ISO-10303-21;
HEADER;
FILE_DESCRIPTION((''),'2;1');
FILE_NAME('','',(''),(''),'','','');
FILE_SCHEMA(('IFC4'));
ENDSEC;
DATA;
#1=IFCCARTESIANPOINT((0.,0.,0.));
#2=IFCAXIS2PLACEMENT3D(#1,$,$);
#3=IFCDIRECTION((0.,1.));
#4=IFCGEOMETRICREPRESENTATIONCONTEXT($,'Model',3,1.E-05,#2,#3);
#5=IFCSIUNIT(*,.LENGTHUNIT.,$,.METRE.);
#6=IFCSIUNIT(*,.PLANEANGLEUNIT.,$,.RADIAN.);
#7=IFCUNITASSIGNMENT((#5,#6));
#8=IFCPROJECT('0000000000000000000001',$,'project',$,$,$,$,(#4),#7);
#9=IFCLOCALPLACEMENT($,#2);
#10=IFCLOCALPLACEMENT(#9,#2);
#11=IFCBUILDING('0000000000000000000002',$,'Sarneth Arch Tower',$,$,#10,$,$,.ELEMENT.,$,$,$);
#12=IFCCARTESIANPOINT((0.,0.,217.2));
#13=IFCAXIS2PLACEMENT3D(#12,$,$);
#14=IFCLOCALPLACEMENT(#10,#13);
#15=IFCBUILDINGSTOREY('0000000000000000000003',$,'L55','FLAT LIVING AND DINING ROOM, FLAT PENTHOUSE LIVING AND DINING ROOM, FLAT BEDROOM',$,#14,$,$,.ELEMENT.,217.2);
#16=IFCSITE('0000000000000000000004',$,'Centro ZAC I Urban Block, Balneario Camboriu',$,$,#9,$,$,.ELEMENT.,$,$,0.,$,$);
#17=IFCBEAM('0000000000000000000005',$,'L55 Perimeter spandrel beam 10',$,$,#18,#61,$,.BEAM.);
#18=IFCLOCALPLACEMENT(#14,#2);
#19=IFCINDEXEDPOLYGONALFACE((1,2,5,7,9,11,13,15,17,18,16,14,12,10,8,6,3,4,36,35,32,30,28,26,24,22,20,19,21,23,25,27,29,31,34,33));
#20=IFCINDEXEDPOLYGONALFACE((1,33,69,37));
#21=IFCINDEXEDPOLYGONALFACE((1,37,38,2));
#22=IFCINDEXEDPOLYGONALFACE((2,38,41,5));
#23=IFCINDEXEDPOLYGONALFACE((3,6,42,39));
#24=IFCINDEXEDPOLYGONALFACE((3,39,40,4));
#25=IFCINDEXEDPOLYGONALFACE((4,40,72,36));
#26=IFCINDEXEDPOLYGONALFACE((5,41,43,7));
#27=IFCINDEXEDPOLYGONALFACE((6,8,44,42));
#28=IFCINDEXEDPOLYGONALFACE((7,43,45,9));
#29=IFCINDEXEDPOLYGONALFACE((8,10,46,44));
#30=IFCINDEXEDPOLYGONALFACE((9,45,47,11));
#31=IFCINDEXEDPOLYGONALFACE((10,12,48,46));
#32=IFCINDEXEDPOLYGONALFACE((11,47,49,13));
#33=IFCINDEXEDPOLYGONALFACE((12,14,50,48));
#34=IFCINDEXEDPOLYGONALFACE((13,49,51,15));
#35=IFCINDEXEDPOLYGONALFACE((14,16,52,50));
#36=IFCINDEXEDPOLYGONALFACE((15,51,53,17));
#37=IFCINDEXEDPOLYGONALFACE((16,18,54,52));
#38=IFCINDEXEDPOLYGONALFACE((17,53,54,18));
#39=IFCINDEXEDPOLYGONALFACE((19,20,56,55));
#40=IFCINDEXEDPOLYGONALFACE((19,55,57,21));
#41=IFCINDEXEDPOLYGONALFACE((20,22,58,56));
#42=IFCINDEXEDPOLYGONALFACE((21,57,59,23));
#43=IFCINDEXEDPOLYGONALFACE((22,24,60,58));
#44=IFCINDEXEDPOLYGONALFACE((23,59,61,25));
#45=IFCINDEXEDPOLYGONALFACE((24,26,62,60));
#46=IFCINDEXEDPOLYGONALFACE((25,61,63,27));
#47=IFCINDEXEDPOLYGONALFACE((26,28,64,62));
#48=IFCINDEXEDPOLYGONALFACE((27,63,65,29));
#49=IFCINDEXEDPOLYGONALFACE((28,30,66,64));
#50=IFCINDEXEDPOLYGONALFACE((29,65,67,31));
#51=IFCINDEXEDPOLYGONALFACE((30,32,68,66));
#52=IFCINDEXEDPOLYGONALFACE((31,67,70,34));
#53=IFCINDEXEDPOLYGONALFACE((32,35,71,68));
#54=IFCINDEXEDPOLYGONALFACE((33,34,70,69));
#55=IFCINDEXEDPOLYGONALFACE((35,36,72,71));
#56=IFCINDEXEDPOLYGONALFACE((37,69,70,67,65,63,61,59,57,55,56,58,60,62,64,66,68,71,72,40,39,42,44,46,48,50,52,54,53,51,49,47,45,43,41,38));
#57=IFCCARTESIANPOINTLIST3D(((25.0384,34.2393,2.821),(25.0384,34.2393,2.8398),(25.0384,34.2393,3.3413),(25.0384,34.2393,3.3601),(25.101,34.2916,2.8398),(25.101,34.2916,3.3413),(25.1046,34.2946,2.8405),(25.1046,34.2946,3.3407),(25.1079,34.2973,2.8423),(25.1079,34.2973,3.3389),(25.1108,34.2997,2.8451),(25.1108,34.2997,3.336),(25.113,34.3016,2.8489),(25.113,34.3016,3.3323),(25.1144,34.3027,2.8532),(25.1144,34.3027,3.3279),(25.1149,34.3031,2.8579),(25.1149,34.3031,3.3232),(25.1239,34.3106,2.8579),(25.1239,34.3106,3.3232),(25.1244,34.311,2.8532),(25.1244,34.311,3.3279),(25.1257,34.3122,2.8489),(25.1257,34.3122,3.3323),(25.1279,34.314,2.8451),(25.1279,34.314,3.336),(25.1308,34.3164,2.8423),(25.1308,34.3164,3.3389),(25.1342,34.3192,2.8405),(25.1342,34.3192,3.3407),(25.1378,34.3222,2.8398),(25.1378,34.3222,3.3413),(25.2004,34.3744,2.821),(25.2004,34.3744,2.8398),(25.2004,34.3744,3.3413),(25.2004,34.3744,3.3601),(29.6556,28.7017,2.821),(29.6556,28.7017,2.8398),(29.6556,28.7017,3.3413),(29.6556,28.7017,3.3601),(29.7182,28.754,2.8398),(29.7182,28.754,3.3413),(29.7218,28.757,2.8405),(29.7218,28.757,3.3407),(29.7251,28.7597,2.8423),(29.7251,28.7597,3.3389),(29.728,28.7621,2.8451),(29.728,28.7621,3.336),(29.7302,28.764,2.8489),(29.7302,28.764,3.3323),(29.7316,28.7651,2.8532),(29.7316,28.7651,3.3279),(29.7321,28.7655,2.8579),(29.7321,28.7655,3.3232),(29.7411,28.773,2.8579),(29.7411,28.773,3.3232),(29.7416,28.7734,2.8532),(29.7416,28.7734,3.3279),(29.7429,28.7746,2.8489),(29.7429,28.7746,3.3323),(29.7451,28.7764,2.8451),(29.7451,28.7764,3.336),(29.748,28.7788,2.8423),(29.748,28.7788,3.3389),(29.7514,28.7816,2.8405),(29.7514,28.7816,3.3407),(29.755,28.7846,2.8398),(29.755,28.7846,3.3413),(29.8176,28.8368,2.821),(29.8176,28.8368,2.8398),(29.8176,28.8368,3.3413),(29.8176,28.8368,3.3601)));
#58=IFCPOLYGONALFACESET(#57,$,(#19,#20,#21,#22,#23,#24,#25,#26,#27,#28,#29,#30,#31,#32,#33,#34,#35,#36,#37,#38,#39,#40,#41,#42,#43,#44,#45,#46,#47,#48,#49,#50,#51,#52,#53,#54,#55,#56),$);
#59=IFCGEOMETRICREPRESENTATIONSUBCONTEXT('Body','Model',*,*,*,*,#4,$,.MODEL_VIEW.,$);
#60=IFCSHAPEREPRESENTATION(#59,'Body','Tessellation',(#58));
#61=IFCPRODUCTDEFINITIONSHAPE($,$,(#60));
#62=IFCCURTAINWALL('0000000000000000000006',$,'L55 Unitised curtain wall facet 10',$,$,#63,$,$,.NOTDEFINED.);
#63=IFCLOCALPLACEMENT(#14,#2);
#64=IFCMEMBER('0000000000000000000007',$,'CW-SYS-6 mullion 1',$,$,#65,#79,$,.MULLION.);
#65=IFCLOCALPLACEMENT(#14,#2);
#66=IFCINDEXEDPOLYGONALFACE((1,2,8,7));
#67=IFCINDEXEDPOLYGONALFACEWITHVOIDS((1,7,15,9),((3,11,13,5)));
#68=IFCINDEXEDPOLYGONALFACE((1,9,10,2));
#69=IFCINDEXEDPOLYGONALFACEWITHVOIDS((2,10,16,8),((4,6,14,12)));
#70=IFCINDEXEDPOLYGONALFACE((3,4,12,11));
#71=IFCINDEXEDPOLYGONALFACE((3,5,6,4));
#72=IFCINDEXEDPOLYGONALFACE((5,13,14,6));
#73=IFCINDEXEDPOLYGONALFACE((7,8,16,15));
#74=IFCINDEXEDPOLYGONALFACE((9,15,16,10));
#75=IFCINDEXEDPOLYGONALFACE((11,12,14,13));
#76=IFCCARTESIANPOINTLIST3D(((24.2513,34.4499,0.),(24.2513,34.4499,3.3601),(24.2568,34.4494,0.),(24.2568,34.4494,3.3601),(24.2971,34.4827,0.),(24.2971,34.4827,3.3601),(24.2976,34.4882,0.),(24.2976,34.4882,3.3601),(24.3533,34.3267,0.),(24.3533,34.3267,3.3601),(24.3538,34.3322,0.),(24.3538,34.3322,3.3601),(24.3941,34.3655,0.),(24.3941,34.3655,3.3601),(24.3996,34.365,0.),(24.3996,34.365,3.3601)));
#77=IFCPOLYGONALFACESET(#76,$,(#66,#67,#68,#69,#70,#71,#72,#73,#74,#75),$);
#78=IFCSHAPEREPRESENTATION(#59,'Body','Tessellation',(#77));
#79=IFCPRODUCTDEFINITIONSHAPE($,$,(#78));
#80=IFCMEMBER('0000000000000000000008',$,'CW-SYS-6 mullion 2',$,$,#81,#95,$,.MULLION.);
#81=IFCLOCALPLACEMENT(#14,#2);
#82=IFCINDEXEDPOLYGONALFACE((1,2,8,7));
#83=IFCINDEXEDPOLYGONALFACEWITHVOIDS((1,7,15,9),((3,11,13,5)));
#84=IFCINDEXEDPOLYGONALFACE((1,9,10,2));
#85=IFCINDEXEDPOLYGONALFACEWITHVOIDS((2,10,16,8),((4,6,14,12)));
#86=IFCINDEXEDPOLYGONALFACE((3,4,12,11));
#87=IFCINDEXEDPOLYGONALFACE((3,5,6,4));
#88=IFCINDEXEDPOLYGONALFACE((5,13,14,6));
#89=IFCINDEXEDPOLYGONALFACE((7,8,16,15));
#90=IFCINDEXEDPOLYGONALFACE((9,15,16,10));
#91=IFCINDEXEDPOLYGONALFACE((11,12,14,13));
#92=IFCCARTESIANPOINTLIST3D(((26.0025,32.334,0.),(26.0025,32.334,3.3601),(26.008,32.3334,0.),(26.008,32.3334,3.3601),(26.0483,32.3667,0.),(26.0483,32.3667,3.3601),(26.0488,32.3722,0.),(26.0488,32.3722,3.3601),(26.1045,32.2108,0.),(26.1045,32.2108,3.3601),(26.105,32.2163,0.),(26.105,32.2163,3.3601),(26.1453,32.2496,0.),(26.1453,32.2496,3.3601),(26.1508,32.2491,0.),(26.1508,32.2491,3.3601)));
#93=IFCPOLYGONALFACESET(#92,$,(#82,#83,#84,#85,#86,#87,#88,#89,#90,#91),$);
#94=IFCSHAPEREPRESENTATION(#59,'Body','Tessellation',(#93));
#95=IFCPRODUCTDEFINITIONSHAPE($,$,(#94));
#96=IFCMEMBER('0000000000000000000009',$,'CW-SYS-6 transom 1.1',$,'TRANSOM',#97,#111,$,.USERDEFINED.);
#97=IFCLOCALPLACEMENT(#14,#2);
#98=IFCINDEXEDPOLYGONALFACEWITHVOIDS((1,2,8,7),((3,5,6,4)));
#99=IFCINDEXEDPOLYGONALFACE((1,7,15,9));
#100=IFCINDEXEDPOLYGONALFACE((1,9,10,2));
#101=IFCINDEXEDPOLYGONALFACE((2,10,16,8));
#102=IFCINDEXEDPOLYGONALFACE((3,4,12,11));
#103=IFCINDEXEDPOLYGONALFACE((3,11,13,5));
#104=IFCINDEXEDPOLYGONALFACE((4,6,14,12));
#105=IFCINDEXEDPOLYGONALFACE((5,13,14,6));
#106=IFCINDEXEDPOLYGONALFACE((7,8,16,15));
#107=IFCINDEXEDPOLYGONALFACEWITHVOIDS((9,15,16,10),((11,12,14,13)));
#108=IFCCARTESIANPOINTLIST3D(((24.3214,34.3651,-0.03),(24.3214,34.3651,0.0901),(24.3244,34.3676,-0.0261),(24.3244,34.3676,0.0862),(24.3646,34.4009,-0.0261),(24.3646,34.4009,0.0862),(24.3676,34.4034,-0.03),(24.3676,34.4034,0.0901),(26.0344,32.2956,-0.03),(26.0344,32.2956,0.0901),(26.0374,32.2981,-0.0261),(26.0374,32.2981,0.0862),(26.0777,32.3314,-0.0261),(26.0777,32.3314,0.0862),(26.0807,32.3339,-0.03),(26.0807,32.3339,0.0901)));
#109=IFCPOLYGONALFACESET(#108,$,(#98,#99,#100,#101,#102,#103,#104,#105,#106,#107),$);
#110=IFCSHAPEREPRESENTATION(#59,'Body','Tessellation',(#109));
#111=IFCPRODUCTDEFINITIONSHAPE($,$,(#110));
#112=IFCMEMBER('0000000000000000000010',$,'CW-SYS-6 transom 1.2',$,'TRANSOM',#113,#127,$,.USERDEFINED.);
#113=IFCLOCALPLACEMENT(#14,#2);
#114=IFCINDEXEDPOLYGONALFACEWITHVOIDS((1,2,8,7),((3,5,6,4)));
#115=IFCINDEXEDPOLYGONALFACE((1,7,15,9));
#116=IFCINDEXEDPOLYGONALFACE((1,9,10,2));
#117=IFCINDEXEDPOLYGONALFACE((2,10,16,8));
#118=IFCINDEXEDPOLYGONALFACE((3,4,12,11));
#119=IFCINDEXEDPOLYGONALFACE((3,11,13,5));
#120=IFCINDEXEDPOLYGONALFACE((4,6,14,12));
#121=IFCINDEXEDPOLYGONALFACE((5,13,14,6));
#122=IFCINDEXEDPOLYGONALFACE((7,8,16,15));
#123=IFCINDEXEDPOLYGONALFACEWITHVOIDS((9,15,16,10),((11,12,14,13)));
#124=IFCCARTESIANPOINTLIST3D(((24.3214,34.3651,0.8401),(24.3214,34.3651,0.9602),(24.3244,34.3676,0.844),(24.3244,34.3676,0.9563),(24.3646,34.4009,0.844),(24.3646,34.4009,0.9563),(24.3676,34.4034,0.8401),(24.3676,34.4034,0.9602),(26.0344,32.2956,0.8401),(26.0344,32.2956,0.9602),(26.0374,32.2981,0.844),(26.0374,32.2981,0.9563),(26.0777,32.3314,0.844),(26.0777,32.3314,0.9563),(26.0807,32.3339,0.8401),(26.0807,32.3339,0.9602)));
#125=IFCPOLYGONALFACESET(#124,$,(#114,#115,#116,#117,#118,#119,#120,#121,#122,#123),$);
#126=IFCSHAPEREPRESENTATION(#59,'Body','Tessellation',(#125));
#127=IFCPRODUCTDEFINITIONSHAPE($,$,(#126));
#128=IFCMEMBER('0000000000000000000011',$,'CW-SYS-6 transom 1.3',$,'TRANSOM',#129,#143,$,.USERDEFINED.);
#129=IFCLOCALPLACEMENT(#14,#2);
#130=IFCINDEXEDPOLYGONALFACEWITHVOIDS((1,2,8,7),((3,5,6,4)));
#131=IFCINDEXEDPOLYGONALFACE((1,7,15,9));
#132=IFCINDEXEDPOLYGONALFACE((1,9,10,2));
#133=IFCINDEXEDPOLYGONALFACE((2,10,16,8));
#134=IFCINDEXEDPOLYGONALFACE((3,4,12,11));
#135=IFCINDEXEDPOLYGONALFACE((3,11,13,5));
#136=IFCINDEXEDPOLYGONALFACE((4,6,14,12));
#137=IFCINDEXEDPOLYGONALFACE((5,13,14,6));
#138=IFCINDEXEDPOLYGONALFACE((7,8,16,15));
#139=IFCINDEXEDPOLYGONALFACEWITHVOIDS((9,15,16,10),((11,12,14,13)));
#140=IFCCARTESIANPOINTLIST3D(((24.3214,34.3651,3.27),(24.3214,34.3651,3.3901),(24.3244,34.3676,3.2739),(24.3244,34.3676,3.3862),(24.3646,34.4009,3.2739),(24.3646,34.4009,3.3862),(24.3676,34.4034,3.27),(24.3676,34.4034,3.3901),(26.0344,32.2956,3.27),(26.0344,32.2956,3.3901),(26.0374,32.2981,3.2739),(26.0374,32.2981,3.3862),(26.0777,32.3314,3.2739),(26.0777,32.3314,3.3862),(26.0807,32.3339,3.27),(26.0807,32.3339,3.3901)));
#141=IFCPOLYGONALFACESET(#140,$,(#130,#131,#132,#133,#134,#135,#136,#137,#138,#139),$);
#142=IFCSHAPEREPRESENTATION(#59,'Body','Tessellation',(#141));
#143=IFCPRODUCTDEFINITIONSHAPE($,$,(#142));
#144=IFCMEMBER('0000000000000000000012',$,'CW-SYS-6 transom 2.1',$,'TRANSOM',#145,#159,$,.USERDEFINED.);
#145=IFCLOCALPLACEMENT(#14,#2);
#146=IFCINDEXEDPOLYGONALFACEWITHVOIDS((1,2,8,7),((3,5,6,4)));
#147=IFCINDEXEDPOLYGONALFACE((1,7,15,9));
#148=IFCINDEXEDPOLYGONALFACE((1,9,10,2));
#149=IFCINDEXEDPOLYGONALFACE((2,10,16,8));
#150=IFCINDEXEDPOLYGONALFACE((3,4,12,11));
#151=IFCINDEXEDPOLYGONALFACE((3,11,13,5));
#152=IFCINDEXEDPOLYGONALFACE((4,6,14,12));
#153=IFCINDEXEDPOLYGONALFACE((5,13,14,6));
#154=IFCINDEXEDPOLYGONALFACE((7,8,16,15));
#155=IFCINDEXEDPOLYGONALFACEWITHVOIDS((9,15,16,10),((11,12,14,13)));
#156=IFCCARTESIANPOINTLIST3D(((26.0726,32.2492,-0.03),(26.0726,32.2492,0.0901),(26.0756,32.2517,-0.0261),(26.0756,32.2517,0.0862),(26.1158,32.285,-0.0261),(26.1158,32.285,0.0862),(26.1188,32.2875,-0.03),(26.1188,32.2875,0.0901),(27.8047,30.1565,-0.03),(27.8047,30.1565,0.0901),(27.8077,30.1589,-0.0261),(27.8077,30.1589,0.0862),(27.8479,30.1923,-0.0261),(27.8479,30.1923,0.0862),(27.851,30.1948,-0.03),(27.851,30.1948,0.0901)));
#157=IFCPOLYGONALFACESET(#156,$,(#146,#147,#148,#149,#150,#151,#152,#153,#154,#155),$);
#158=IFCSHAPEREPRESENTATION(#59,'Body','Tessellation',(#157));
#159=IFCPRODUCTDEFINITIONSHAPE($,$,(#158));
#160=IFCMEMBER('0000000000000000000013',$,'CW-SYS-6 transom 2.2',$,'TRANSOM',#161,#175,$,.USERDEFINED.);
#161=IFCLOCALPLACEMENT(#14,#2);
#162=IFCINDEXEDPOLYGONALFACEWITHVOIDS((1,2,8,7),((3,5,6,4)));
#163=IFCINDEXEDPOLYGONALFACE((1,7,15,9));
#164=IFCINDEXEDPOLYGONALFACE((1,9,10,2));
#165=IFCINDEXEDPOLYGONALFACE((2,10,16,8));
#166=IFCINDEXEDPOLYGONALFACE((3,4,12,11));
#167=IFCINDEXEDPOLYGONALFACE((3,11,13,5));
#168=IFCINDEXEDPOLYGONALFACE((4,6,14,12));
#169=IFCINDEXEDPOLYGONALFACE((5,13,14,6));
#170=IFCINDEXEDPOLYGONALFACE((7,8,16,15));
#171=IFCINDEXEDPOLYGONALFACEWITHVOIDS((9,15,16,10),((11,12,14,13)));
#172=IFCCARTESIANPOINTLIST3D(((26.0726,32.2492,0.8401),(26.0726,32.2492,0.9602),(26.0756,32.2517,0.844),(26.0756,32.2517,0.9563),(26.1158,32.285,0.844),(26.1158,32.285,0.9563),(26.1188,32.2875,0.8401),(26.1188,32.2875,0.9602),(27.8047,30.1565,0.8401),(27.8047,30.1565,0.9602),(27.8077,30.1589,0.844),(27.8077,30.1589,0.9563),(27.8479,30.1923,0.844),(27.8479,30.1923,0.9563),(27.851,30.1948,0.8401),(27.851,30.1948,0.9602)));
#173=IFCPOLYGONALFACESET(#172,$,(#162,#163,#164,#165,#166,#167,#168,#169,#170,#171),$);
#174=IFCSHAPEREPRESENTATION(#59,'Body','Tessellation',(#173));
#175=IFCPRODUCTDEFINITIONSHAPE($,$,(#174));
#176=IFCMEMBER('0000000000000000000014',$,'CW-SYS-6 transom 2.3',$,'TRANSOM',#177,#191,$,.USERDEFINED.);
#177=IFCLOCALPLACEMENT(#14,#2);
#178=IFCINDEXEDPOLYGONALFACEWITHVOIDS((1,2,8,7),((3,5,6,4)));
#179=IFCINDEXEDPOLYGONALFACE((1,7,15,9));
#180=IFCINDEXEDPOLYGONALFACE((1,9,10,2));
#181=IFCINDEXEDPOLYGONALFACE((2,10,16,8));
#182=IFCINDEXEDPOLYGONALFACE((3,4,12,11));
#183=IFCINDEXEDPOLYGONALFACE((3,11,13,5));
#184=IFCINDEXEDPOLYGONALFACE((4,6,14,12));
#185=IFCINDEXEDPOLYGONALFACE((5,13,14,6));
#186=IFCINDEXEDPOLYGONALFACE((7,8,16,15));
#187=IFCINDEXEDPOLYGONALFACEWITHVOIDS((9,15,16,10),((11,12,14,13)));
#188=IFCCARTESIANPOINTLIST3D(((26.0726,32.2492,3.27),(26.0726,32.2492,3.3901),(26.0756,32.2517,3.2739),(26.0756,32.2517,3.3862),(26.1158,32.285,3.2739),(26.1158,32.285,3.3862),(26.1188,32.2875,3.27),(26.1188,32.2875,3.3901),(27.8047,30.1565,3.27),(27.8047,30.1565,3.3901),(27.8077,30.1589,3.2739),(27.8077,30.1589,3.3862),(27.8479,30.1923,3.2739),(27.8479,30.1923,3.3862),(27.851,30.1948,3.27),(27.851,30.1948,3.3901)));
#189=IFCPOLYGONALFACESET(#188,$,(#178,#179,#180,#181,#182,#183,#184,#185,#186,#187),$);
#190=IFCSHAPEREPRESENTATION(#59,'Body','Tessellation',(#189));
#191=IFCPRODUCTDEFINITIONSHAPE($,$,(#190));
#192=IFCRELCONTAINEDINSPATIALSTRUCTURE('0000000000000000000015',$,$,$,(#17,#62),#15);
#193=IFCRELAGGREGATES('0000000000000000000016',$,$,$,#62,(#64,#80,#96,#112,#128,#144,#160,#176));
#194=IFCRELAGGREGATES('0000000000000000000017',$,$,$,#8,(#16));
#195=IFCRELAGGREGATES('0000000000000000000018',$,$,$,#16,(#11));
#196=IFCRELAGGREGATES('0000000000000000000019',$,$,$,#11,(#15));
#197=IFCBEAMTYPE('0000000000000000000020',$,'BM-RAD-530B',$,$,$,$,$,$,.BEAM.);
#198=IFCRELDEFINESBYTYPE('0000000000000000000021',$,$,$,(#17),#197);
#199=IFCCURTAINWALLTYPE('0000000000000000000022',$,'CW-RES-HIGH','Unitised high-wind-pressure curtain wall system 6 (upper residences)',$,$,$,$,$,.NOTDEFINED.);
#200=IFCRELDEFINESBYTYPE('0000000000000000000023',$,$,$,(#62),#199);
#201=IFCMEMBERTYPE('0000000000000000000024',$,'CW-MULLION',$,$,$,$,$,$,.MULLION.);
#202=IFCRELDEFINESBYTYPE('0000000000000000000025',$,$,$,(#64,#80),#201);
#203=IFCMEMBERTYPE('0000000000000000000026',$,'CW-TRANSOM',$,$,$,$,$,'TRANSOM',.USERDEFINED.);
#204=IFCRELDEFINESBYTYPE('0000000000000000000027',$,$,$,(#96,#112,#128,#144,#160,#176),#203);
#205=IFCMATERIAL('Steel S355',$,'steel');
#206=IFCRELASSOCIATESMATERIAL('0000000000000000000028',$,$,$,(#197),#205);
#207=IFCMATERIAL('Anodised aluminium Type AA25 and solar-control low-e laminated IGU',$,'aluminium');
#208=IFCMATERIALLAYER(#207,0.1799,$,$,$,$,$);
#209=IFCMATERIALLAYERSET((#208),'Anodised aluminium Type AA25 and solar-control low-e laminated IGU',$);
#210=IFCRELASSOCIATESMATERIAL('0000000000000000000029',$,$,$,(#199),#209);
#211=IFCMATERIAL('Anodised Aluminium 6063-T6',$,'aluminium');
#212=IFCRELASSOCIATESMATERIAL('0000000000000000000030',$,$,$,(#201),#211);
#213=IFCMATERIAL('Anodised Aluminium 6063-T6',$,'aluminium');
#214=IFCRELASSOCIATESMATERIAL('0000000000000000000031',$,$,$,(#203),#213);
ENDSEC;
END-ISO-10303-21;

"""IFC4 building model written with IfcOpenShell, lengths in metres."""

from ifc_helpers import new_model, si_unit, direction, frame, origin, origin_2d, place, context, subcontext, project, spatial, hollow_rectangle, i_section, extrude, material, layer, layer_set, material_profile, profile_set, type_object, element, aggregate, save


model = new_model("IFC4")

# Units and contexts
model_context = context("Model", 3, precision=1e-05, world=origin(), true_north=direction((0.0, 1.0)))
body_context = subcontext(model_context, "Body", "Model", "MODEL_VIEW")
ifc_project = project(units=[si_unit("LENGTHUNIT", "METRE"), si_unit("PLANEANGLEUNIT", "RADIAN")], contexts=[model_context])

# Site, building, storey
site_placement = place(None, origin())
site = spatial("IfcSite", under=ifc_project, at=site_placement, Name="Centro ZAC I Urban Block, Balneario Camboriu", CompositionType="ELEMENT", RefElevation=0.0)
building_placement = place(site_placement, origin())
building = spatial("IfcBuilding", under=site, at=building_placement, Name="Sarneth Arch Tower", CompositionType="ELEMENT")
storey_placement = place(building_placement, frame((0.0, 0.0, 217.2)))
storey = spatial("IfcBuildingStorey", under=building, at=storey_placement, Name="L55", Description="FLAT LIVING AND DINING ROOM, FLAT PENTHOUSE LIVING AND DINING ROOM, FLAT BEDROOM", CompositionType="ELEMENT", Elevation=217.2)

# Beam
ifc_material_1 = material(Name="Steel S355", Category="steel")
ifc_material_profile_1 = material_profile(ifc_material_1, i_section(OverallWidth=0.2109, OverallDepth=0.5391, WebThickness=0.0117, FlangeThickness=0.0188, FilletRadius=0.0181, at=origin_2d()), Name="W530x109")
ifc_profile_set_1 = profile_set([ifc_material_profile_1], Name="Steel S355")
beam_type_1 = type_object("IfcBeamType", Name="BM-RAD-530B", PredefinedType="BEAM", material=ifc_profile_set_1)
beam_1_placement = place(storey_placement, frame((25.1194, 34.3069, 3.0906), z_axis=(0.640391, -0.768049, 0.0), x_axis=(0.768049, 0.640391, 0.0)))
element("IfcBeam", 1, at=beam_1_placement, inside=storey, type_object=beam_type_1, Name="L55 Perimeter spandrel beam 10", PredefinedType="BEAM", context=body_context, shape_type="SweptSolid", body=[
    extrude(i_section(OverallWidth=0.2109, OverallDepth=0.5391, WebThickness=0.0117, FlangeThickness=0.0188, FilletRadius=0.0181, at=origin_2d()), origin(), (0.0, 0.0, 1.0), 7.21),
])

# Curtain wall, members
ifc_material_2 = material(Name="Anodised aluminium Type AA25 and solar-control low-e laminated IGU", Category="aluminium")
ifc_layer_1 = layer(ifc_material_2, 0.1799)
ifc_layer_set_1 = layer_set([ifc_layer_1], Name="Anodised aluminium Type AA25 and solar-control low-e laminated IGU")
curtain_wall_type = type_object("IfcCurtainWallType", Name="CW-RES-HIGH", Description="Unitised high-wind-pressure curtain wall system 6 (upper residences)", PredefinedType="NOTDEFINED", material=ifc_layer_set_1)
curtain_wall_placement = place(storey_placement, origin())
curtain_wall = element("IfcCurtainWall", 2, at=curtain_wall_placement, inside=storey, type_object=curtain_wall_type, Name="L55 Unitised curtain wall facet 10", PredefinedType="NOTDEFINED")
ifc_material_3 = material(Name="Anodised Aluminium 6063-T6", Category="aluminium")
ifc_material_profile_2 = material_profile(ifc_material_3, hollow_rectangle(XDim=0.0601, YDim=0.1599, WallThickness=0.0039, at=origin_2d()), Name="AL-MULL-160x60x4")
ifc_profile_set_2 = profile_set([ifc_material_profile_2], Name="Anodised Aluminium 6063-T6")
member_type_1 = type_object("IfcMemberType", Name="CW-MULLION", PredefinedType="MULLION", material=ifc_profile_set_2)
member_1_placement = place(storey_placement, frame((24.3254, 34.4075, 0.0), z_axis=(0.0, 0.0, 1.0), x_axis=(0.770359, 0.63761, 0.0)))
member_1 = element("IfcMember", 3, at=member_1_placement, type_object=member_type_1, Name="CW-SYS-6 mullion 1", PredefinedType="MULLION", context=body_context, shape_type="SweptSolid", body=[
    extrude(hollow_rectangle(XDim=0.0601, YDim=0.1599, WallThickness=0.0039, at=origin_2d()), origin(), (0.0, 0.0, 1.0), 3.3601),
])
member_2_placement = place(storey_placement, frame((26.0767, 32.2915, 0.0), z_axis=(0.0, 0.0, 1.0), x_axis=(0.770359, 0.63761, 0.0)))
member_2 = element("IfcMember", 4, at=member_2_placement, type_object=member_type_1, Name="CW-SYS-6 mullion 2", PredefinedType="MULLION", context=body_context, shape_type="SweptSolid", body=[
    extrude(hollow_rectangle(XDim=0.0601, YDim=0.1599, WallThickness=0.0039, at=origin_2d()), origin(), (0.0, 0.0, 1.0), 3.3601),
])
ifc_material_4 = material(Name="Anodised Aluminium 6063-T6", Category="aluminium")
ifc_material_profile_3 = material_profile(ifc_material_4, hollow_rectangle(XDim=0.0601, YDim=0.1201, WallThickness=0.0039, at=origin_2d()), Name="AL-TRAN-120x60x4")
ifc_profile_set_3 = profile_set([ifc_material_profile_3], Name="Anodised Aluminium 6063-T6")
member_type_2 = type_object("IfcMemberType", Name="CW-TRANSOM", ElementType="TRANSOM", PredefinedType="USERDEFINED", material=ifc_profile_set_3)
member_3_placement = place(storey_placement, frame((24.3445, 34.3843, 0.03), z_axis=(0.637651, -0.770325, 0.0), x_axis=(0.770325, 0.637651, 0.0)))
member_3 = element("IfcMember", 5, at=member_3_placement, type_object=member_type_2, Name="CW-SYS-6 transom 1.1", ObjectType="TRANSOM", PredefinedType="USERDEFINED", context=body_context, shape_type="SweptSolid", body=[
    extrude(hollow_rectangle(XDim=0.0601, YDim=0.1201, WallThickness=0.0039, at=origin_2d()), origin(), (0.0, 0.0, 1.0), 2.6865),
])
member_4_placement = place(storey_placement, frame((24.3445, 34.3843, 0.9001), z_axis=(0.637651, -0.770325, 0.0), x_axis=(0.770325, 0.637651, 0.0)))
member_4 = element("IfcMember", 6, at=member_4_placement, type_object=member_type_2, Name="CW-SYS-6 transom 1.2", ObjectType="TRANSOM", PredefinedType="USERDEFINED", context=body_context, shape_type="SweptSolid", body=[
    extrude(hollow_rectangle(XDim=0.0601, YDim=0.1201, WallThickness=0.0039, at=origin_2d()), origin(), (0.0, 0.0, 1.0), 2.6865),
])
member_5_placement = place(storey_placement, frame((24.3445, 34.3843, 3.3301), z_axis=(0.637651, -0.770325, 0.0), x_axis=(0.770325, 0.637651, 0.0)))
member_5 = element("IfcMember", 7, at=member_5_placement, type_object=member_type_2, Name="CW-SYS-6 transom 1.3", ObjectType="TRANSOM", PredefinedType="USERDEFINED", context=body_context, shape_type="SweptSolid", body=[
    extrude(hollow_rectangle(XDim=0.0601, YDim=0.1201, WallThickness=0.0039, at=origin_2d()), origin(), (0.0, 0.0, 1.0), 2.6865),
])
member_6_placement = place(storey_placement, frame((26.0957, 32.2683, 0.03), z_axis=(0.637617, -0.770353, 0.0), x_axis=(0.770353, 0.637617, 0.0)))
member_6 = element("IfcMember", 8, at=member_6_placement, type_object=member_type_2, Name="CW-SYS-6 transom 2.1", ObjectType="TRANSOM", PredefinedType="USERDEFINED", context=body_context, shape_type="SweptSolid", body=[
    extrude(hollow_rectangle(XDim=0.0601, YDim=0.1201, WallThickness=0.0039, at=origin_2d()), origin(), (0.0, 0.0, 1.0), 2.7166),
])
member_7_placement = place(storey_placement, frame((26.0957, 32.2683, 0.9001), z_axis=(0.637617, -0.770353, 0.0), x_axis=(0.770353, 0.637617, 0.0)))
member_7 = element("IfcMember", 9, at=member_7_placement, type_object=member_type_2, Name="CW-SYS-6 transom 2.2", ObjectType="TRANSOM", PredefinedType="USERDEFINED", context=body_context, shape_type="SweptSolid", body=[
    extrude(hollow_rectangle(XDim=0.0601, YDim=0.1201, WallThickness=0.0039, at=origin_2d()), origin(), (0.0, 0.0, 1.0), 2.7166),
])
member_8_placement = place(storey_placement, frame((26.0957, 32.2683, 3.3301), z_axis=(0.637617, -0.770353, 0.0), x_axis=(0.770353, 0.637617, 0.0)))
member_8 = element("IfcMember", 10, at=member_8_placement, type_object=member_type_2, Name="CW-SYS-6 transom 2.3", ObjectType="TRANSOM", PredefinedType="USERDEFINED", context=body_context, shape_type="SweptSolid", body=[
    extrude(hollow_rectangle(XDim=0.0601, YDim=0.1201, WallThickness=0.0039, at=origin_2d()), origin(), (0.0, 0.0, 1.0), 2.7166),
])
aggregate(curtain_wall, [member_1, member_2, member_3, member_4, member_5, member_6, member_7, member_8])

save(model, "model.ifc")
